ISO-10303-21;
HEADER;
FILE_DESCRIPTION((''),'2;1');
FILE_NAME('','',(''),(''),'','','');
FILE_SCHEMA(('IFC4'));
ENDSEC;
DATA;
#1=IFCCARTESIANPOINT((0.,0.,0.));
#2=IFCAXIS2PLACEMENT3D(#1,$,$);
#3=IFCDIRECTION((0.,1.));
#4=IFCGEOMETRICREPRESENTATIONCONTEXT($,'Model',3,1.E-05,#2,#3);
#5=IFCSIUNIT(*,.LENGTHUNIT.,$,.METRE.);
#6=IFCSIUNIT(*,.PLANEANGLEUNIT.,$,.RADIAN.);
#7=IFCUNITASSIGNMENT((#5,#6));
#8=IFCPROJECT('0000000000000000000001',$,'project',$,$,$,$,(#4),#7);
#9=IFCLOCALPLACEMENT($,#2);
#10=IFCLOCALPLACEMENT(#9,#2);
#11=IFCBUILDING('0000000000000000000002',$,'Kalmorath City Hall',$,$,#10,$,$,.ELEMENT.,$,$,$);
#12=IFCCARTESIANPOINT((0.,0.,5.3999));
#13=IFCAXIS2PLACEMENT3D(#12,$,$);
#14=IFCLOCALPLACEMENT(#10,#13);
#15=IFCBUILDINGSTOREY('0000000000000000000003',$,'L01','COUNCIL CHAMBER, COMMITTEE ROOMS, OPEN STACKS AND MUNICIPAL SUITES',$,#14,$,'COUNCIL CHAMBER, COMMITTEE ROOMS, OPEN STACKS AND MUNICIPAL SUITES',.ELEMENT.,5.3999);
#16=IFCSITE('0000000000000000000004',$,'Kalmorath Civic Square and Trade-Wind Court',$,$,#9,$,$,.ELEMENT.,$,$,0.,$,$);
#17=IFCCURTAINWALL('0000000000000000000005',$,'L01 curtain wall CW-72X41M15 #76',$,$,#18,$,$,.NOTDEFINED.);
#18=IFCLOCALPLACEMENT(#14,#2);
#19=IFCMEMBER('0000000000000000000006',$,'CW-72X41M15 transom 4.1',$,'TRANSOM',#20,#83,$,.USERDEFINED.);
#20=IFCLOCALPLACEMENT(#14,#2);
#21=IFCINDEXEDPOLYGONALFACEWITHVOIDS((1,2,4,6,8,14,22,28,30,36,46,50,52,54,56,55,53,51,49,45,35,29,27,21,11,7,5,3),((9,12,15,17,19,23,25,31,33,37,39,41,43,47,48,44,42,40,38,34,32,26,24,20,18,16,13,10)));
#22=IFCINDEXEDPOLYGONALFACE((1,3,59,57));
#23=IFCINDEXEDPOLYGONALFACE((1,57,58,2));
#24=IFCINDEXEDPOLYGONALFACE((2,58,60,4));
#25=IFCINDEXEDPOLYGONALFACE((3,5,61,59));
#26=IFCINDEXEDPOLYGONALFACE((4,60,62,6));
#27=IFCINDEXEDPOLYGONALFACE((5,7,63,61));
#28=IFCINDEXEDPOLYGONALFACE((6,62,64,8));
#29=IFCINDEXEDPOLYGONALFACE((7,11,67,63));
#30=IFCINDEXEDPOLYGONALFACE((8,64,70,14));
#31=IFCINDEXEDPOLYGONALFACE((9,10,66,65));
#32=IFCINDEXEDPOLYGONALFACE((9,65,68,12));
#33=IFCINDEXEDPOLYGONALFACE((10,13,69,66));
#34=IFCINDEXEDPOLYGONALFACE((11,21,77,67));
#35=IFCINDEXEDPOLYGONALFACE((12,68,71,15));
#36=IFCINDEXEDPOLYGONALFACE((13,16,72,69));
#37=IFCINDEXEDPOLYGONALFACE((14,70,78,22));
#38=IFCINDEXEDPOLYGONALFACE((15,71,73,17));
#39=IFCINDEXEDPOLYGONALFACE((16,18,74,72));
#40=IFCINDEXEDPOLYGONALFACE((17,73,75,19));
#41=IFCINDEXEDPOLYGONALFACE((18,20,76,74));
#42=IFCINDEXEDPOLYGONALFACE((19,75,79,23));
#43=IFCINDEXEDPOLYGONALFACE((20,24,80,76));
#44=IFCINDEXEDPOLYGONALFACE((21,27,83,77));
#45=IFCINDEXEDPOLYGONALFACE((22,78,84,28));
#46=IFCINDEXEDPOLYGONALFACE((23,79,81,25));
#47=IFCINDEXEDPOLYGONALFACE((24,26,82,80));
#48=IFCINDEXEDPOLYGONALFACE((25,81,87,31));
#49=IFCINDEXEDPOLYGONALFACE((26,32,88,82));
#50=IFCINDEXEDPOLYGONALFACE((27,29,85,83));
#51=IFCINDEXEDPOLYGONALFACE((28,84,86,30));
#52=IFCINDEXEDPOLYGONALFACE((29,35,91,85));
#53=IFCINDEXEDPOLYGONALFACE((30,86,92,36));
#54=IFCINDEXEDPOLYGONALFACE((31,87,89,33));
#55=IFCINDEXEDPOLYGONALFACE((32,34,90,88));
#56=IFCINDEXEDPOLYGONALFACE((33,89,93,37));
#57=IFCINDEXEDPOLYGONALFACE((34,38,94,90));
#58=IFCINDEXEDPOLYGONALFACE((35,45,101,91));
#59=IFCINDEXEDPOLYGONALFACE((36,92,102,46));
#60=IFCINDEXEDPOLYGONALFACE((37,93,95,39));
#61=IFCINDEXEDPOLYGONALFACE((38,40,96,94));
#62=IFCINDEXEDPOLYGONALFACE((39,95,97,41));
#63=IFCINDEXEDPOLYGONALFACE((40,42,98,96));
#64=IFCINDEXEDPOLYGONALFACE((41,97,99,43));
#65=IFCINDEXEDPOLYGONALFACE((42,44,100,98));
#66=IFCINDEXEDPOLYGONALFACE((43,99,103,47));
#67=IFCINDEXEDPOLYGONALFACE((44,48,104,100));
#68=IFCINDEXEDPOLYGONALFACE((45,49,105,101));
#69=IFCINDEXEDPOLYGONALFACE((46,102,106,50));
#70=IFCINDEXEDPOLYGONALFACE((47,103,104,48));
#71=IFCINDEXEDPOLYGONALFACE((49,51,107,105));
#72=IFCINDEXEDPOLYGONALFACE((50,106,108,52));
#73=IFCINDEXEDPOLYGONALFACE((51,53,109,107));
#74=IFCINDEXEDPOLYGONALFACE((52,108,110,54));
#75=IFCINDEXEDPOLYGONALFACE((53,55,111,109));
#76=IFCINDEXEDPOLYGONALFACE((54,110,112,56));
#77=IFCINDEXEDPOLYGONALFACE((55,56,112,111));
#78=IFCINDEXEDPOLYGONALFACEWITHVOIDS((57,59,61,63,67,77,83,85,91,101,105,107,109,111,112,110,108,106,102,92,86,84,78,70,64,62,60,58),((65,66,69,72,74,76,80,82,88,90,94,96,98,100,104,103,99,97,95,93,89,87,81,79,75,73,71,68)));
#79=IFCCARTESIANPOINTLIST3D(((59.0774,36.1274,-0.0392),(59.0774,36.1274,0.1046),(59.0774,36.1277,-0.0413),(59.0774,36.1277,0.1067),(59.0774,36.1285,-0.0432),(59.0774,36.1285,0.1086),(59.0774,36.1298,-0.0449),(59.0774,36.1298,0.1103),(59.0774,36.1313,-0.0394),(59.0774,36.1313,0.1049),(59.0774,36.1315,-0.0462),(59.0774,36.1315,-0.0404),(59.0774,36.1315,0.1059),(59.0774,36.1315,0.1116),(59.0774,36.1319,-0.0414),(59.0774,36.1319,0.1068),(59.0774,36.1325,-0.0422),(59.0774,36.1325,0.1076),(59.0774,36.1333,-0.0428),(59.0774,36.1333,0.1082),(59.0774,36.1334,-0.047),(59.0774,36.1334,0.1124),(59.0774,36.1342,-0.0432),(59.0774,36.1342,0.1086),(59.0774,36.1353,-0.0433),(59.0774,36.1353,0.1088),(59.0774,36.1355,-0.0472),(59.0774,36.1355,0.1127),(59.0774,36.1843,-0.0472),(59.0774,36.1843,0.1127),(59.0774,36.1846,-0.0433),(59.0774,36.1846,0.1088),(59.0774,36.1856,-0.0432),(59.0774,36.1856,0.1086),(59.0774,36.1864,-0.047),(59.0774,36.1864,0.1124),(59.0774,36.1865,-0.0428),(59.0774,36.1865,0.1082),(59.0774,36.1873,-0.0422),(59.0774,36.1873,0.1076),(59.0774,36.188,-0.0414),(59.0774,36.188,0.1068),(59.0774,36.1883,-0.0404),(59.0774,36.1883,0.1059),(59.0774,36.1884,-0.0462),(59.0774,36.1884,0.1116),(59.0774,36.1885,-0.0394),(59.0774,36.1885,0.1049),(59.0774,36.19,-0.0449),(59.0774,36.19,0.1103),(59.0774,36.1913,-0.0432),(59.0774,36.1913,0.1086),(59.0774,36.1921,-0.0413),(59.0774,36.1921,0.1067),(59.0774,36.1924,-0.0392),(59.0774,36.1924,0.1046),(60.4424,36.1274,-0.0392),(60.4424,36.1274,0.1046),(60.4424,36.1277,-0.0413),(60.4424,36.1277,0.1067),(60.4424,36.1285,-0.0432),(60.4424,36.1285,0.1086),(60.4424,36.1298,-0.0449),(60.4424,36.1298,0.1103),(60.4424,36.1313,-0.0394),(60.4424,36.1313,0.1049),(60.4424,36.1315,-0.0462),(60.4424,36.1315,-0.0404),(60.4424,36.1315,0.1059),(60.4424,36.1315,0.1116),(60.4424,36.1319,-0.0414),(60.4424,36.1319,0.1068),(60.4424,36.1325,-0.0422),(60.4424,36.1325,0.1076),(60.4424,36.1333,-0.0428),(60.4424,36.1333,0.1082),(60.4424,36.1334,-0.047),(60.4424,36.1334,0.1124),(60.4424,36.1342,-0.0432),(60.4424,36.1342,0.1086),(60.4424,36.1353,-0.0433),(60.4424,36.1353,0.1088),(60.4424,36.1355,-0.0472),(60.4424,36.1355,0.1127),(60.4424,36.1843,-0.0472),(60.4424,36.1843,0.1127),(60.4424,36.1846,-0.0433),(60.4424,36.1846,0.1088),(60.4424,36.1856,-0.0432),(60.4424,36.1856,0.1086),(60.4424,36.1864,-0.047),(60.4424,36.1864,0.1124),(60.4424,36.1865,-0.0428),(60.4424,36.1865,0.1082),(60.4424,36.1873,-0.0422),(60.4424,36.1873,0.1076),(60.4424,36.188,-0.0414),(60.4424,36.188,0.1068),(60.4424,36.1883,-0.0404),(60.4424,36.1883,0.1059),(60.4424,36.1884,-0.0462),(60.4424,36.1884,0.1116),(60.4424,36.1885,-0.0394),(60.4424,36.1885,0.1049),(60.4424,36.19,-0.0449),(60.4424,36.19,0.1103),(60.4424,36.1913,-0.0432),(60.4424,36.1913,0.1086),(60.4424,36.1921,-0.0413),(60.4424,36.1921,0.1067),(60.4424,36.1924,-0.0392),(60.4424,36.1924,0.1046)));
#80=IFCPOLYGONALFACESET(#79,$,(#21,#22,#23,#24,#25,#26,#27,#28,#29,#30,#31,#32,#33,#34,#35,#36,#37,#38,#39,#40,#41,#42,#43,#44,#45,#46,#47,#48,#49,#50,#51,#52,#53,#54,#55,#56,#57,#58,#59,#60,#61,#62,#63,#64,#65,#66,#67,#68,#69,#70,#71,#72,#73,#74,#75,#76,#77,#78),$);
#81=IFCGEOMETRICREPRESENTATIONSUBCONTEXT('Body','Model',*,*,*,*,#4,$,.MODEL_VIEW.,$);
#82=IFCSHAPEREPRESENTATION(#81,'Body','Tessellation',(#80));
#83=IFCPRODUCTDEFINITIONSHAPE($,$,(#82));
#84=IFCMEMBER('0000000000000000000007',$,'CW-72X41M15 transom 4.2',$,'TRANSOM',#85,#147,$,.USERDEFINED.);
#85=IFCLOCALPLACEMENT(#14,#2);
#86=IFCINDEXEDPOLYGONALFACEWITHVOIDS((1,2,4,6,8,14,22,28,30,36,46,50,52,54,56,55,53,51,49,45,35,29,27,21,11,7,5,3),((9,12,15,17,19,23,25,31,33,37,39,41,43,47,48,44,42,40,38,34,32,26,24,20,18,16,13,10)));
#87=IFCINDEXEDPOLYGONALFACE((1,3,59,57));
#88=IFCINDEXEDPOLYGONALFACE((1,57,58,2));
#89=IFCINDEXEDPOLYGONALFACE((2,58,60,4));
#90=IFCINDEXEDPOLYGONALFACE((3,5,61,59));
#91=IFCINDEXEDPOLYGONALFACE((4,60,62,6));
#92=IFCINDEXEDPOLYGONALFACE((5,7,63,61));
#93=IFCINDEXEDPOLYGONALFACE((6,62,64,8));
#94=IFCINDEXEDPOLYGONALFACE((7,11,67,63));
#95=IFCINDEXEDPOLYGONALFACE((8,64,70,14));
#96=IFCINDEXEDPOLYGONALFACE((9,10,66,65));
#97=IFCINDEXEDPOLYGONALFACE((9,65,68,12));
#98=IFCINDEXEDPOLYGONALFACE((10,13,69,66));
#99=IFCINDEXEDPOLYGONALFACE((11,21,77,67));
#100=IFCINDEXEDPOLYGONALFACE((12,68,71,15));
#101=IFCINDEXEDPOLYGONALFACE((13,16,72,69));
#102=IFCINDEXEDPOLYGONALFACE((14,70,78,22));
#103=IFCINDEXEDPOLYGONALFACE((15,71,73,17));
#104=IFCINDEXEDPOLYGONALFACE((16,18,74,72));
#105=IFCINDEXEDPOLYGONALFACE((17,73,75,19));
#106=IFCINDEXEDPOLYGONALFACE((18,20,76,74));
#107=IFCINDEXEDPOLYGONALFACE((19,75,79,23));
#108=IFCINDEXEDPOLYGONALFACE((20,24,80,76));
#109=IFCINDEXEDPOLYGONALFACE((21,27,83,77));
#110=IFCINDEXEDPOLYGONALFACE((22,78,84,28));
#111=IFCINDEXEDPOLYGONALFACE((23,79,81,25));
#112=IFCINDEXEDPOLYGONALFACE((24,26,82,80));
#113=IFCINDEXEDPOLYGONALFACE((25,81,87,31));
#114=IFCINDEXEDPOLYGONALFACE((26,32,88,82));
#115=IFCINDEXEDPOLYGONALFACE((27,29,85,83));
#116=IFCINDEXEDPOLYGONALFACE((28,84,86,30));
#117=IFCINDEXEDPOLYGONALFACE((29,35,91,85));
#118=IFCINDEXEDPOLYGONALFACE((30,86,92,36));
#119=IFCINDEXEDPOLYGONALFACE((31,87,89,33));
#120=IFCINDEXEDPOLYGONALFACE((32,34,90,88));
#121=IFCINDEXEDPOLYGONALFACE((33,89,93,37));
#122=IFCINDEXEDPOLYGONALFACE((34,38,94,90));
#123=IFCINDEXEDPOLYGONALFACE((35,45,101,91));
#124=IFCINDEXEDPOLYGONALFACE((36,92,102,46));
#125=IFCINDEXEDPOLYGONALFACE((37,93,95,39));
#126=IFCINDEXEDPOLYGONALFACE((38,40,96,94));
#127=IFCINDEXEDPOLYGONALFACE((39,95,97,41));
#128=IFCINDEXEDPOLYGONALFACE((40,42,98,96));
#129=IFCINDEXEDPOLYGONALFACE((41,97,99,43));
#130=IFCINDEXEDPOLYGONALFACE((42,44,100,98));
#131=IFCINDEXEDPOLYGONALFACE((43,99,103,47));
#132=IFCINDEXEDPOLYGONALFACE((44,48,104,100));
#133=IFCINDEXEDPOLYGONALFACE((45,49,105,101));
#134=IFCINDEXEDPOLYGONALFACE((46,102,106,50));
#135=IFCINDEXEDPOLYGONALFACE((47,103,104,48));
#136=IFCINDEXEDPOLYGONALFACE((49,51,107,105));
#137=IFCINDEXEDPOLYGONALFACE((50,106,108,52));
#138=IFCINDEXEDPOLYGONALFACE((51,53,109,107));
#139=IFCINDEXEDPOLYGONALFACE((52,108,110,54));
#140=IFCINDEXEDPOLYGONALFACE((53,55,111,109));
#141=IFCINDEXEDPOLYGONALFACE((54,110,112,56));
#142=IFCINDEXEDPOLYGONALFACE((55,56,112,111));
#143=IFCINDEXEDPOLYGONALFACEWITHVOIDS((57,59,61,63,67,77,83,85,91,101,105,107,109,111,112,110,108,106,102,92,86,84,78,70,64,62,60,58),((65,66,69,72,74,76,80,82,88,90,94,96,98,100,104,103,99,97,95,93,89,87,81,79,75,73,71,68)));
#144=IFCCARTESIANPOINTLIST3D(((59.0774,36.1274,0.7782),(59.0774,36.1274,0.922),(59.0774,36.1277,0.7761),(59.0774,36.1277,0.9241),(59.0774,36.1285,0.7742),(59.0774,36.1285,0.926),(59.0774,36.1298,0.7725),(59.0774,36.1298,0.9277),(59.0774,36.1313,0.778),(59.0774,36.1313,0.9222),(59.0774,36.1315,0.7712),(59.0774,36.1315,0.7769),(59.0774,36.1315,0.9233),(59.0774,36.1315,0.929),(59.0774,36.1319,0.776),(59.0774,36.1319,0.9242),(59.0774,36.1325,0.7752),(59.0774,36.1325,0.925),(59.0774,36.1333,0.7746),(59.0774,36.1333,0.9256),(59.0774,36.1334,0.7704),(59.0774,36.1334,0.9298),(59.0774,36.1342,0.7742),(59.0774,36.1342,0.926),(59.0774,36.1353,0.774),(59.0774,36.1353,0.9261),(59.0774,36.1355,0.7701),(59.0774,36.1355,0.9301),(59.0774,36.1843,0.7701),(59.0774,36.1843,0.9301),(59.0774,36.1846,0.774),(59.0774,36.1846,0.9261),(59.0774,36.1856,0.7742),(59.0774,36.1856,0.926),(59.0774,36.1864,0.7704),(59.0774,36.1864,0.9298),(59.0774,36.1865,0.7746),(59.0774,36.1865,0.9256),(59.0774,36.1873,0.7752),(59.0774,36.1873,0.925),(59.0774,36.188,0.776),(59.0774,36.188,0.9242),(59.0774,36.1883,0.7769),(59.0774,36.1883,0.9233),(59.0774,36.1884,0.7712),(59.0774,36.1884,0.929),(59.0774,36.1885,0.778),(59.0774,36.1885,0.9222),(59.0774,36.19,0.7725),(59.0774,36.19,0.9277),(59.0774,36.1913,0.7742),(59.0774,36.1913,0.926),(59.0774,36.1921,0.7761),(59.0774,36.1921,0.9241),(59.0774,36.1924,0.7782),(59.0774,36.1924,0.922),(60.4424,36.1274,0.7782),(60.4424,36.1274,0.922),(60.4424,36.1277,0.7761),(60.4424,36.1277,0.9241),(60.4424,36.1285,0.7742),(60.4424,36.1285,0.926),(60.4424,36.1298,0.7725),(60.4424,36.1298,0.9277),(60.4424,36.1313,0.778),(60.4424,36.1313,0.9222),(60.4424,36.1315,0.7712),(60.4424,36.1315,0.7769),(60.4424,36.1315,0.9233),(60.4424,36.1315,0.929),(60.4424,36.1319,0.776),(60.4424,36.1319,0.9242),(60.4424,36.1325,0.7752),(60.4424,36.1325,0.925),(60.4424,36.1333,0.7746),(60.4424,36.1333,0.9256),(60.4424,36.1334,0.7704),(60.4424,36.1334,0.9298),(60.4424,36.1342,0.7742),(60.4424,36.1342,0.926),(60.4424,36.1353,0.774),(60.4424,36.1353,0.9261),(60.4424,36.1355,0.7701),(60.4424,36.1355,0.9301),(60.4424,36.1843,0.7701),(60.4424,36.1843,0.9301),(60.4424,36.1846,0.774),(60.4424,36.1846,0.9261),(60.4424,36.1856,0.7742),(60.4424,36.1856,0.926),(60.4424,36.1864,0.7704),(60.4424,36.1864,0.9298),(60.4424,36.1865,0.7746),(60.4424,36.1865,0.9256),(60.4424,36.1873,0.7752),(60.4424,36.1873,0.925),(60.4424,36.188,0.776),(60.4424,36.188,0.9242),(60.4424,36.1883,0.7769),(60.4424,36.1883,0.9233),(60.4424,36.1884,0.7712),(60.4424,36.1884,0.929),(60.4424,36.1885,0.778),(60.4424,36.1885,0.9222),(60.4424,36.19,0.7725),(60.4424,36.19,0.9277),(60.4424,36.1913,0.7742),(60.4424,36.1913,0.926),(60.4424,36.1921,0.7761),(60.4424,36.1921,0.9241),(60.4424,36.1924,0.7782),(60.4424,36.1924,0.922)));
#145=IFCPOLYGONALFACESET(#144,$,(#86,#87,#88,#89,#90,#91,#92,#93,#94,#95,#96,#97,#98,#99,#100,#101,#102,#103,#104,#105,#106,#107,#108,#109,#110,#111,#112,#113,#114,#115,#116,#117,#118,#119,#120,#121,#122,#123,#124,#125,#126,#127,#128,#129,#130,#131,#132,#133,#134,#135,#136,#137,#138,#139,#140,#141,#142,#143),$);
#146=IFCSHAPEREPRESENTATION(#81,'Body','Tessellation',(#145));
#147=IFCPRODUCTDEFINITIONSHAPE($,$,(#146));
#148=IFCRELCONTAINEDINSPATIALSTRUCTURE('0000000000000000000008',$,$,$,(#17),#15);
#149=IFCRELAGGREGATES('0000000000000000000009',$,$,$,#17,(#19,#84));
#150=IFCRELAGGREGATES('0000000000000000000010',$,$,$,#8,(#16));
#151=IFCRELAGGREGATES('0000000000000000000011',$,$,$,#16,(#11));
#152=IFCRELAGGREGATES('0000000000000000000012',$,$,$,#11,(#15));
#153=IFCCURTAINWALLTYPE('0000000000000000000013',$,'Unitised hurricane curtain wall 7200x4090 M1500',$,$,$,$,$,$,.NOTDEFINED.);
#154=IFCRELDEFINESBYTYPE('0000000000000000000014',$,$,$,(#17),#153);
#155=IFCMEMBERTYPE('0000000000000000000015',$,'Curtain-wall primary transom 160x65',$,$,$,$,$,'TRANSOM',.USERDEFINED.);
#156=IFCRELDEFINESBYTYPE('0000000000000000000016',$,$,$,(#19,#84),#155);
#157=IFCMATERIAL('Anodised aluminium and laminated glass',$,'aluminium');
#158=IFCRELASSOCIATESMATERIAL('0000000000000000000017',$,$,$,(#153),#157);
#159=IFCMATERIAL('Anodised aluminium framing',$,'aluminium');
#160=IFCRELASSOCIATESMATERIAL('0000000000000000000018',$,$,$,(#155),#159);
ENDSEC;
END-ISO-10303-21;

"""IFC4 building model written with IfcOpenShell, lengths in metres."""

from ifc_helpers import new_model, si_unit, direction, frame, origin, origin_2d, place, context, subcontext, project, spatial, hollow_rectangle, extrude, material, material_profile, profile_set, type_object, element, aggregate, save


model = new_model("IFC4")

# Units and contexts
model_context = context("Model", 3, precision=1e-05, world=origin(), true_north=direction((0.0, 1.0)))
body_context = subcontext(model_context, "Body", "Model", "MODEL_VIEW")
ifc_project = project(units=[si_unit("LENGTHUNIT", "METRE"), si_unit("PLANEANGLEUNIT", "RADIAN")], contexts=[model_context])

# Site, building, storey
site_placement = place(None, origin())
site = spatial("IfcSite", under=ifc_project, at=site_placement, Name="Kalmorath Civic Square and Trade-Wind Court", CompositionType="ELEMENT", RefElevation=0.0)
building_placement = place(site_placement, origin())
building = spatial("IfcBuilding", under=site, at=building_placement, Name="Kalmorath City Hall", CompositionType="ELEMENT")
storey_placement = place(building_placement, frame((0.0, 0.0, 5.3999)))
storey = spatial("IfcBuildingStorey", under=building, at=storey_placement, Name="L01", Description="COUNCIL CHAMBER, COMMITTEE ROOMS, OPEN STACKS AND MUNICIPAL SUITES", LongName="COUNCIL CHAMBER, COMMITTEE ROOMS, OPEN STACKS AND MUNICIPAL SUITES", CompositionType="ELEMENT", Elevation=5.3999)

# Curtain wall, members
ifc_material_1 = material(Name="Anodised aluminium and laminated glass", Category="aluminium")
curtain_wall_type = type_object("IfcCurtainWallType", Name="Unitised hurricane curtain wall 7200x4090 M1500", PredefinedType="NOTDEFINED", material=ifc_material_1)
curtain_wall_placement = place(storey_placement, origin())
curtain_wall = element("IfcCurtainWall", 1, at=curtain_wall_placement, inside=storey, type_object=curtain_wall_type, Name="L01 curtain wall CW-72X41M15 #76", PredefinedType="NOTDEFINED")
ifc_material_2 = material(Name="Anodised aluminium framing", Category="aluminium")
ifc_material_profile_1 = material_profile(ifc_material_2, hollow_rectangle(XDim=0.0649, YDim=0.1599, WallThickness=0.0039, InnerFilletRadius=0.0039, OuterFilletRadius=0.0081, at=origin_2d()), Name="ALU-TRN-160X65X4")
ifc_profile_set_1 = profile_set([ifc_material_profile_1], Name="Anodised aluminium framing")
member_type_1 = type_object("IfcMemberType", Name="Curtain-wall primary transom 160x65", ElementType="TRANSOM", PredefinedType="USERDEFINED", material=ifc_profile_set_1)
member_1_placement = place(storey_placement, frame((60.4424, 36.1599, 0.0327), z_axis=(-1.0, 0.0, 0.0), x_axis=(0.0, -1.0, 0.0)))
member_1 = element("IfcMember", 2, at=member_1_placement, type_object=member_type_1, Name="CW-72X41M15 transom 4.1", ObjectType="TRANSOM", PredefinedType="USERDEFINED", context=body_context, shape_type="SweptSolid", body=[
    extrude(hollow_rectangle(XDim=0.0649, YDim=0.1599, WallThickness=0.0039, InnerFilletRadius=0.0039, OuterFilletRadius=0.0081, at=origin_2d()), origin(), (0.0, 0.0, 1.0), 1.365),
])
member_2_placement = place(storey_placement, frame((60.4424, 36.1599, 0.8501), z_axis=(-1.0, 0.0, 0.0), x_axis=(0.0, -1.0, 0.0)))
member_2 = element("IfcMember", 3, at=member_2_placement, type_object=member_type_1, Name="CW-72X41M15 transom 4.2", ObjectType="TRANSOM", PredefinedType="USERDEFINED", context=body_context, shape_type="SweptSolid", body=[
    extrude(hollow_rectangle(XDim=0.0649, YDim=0.1599, WallThickness=0.0039, InnerFilletRadius=0.0039, OuterFilletRadius=0.0081, at=origin_2d()), origin(), (0.0, 0.0, 1.0), 1.365),
])
aggregate(curtain_wall, [member_1, member_2])

save(model, "model.ifc")
